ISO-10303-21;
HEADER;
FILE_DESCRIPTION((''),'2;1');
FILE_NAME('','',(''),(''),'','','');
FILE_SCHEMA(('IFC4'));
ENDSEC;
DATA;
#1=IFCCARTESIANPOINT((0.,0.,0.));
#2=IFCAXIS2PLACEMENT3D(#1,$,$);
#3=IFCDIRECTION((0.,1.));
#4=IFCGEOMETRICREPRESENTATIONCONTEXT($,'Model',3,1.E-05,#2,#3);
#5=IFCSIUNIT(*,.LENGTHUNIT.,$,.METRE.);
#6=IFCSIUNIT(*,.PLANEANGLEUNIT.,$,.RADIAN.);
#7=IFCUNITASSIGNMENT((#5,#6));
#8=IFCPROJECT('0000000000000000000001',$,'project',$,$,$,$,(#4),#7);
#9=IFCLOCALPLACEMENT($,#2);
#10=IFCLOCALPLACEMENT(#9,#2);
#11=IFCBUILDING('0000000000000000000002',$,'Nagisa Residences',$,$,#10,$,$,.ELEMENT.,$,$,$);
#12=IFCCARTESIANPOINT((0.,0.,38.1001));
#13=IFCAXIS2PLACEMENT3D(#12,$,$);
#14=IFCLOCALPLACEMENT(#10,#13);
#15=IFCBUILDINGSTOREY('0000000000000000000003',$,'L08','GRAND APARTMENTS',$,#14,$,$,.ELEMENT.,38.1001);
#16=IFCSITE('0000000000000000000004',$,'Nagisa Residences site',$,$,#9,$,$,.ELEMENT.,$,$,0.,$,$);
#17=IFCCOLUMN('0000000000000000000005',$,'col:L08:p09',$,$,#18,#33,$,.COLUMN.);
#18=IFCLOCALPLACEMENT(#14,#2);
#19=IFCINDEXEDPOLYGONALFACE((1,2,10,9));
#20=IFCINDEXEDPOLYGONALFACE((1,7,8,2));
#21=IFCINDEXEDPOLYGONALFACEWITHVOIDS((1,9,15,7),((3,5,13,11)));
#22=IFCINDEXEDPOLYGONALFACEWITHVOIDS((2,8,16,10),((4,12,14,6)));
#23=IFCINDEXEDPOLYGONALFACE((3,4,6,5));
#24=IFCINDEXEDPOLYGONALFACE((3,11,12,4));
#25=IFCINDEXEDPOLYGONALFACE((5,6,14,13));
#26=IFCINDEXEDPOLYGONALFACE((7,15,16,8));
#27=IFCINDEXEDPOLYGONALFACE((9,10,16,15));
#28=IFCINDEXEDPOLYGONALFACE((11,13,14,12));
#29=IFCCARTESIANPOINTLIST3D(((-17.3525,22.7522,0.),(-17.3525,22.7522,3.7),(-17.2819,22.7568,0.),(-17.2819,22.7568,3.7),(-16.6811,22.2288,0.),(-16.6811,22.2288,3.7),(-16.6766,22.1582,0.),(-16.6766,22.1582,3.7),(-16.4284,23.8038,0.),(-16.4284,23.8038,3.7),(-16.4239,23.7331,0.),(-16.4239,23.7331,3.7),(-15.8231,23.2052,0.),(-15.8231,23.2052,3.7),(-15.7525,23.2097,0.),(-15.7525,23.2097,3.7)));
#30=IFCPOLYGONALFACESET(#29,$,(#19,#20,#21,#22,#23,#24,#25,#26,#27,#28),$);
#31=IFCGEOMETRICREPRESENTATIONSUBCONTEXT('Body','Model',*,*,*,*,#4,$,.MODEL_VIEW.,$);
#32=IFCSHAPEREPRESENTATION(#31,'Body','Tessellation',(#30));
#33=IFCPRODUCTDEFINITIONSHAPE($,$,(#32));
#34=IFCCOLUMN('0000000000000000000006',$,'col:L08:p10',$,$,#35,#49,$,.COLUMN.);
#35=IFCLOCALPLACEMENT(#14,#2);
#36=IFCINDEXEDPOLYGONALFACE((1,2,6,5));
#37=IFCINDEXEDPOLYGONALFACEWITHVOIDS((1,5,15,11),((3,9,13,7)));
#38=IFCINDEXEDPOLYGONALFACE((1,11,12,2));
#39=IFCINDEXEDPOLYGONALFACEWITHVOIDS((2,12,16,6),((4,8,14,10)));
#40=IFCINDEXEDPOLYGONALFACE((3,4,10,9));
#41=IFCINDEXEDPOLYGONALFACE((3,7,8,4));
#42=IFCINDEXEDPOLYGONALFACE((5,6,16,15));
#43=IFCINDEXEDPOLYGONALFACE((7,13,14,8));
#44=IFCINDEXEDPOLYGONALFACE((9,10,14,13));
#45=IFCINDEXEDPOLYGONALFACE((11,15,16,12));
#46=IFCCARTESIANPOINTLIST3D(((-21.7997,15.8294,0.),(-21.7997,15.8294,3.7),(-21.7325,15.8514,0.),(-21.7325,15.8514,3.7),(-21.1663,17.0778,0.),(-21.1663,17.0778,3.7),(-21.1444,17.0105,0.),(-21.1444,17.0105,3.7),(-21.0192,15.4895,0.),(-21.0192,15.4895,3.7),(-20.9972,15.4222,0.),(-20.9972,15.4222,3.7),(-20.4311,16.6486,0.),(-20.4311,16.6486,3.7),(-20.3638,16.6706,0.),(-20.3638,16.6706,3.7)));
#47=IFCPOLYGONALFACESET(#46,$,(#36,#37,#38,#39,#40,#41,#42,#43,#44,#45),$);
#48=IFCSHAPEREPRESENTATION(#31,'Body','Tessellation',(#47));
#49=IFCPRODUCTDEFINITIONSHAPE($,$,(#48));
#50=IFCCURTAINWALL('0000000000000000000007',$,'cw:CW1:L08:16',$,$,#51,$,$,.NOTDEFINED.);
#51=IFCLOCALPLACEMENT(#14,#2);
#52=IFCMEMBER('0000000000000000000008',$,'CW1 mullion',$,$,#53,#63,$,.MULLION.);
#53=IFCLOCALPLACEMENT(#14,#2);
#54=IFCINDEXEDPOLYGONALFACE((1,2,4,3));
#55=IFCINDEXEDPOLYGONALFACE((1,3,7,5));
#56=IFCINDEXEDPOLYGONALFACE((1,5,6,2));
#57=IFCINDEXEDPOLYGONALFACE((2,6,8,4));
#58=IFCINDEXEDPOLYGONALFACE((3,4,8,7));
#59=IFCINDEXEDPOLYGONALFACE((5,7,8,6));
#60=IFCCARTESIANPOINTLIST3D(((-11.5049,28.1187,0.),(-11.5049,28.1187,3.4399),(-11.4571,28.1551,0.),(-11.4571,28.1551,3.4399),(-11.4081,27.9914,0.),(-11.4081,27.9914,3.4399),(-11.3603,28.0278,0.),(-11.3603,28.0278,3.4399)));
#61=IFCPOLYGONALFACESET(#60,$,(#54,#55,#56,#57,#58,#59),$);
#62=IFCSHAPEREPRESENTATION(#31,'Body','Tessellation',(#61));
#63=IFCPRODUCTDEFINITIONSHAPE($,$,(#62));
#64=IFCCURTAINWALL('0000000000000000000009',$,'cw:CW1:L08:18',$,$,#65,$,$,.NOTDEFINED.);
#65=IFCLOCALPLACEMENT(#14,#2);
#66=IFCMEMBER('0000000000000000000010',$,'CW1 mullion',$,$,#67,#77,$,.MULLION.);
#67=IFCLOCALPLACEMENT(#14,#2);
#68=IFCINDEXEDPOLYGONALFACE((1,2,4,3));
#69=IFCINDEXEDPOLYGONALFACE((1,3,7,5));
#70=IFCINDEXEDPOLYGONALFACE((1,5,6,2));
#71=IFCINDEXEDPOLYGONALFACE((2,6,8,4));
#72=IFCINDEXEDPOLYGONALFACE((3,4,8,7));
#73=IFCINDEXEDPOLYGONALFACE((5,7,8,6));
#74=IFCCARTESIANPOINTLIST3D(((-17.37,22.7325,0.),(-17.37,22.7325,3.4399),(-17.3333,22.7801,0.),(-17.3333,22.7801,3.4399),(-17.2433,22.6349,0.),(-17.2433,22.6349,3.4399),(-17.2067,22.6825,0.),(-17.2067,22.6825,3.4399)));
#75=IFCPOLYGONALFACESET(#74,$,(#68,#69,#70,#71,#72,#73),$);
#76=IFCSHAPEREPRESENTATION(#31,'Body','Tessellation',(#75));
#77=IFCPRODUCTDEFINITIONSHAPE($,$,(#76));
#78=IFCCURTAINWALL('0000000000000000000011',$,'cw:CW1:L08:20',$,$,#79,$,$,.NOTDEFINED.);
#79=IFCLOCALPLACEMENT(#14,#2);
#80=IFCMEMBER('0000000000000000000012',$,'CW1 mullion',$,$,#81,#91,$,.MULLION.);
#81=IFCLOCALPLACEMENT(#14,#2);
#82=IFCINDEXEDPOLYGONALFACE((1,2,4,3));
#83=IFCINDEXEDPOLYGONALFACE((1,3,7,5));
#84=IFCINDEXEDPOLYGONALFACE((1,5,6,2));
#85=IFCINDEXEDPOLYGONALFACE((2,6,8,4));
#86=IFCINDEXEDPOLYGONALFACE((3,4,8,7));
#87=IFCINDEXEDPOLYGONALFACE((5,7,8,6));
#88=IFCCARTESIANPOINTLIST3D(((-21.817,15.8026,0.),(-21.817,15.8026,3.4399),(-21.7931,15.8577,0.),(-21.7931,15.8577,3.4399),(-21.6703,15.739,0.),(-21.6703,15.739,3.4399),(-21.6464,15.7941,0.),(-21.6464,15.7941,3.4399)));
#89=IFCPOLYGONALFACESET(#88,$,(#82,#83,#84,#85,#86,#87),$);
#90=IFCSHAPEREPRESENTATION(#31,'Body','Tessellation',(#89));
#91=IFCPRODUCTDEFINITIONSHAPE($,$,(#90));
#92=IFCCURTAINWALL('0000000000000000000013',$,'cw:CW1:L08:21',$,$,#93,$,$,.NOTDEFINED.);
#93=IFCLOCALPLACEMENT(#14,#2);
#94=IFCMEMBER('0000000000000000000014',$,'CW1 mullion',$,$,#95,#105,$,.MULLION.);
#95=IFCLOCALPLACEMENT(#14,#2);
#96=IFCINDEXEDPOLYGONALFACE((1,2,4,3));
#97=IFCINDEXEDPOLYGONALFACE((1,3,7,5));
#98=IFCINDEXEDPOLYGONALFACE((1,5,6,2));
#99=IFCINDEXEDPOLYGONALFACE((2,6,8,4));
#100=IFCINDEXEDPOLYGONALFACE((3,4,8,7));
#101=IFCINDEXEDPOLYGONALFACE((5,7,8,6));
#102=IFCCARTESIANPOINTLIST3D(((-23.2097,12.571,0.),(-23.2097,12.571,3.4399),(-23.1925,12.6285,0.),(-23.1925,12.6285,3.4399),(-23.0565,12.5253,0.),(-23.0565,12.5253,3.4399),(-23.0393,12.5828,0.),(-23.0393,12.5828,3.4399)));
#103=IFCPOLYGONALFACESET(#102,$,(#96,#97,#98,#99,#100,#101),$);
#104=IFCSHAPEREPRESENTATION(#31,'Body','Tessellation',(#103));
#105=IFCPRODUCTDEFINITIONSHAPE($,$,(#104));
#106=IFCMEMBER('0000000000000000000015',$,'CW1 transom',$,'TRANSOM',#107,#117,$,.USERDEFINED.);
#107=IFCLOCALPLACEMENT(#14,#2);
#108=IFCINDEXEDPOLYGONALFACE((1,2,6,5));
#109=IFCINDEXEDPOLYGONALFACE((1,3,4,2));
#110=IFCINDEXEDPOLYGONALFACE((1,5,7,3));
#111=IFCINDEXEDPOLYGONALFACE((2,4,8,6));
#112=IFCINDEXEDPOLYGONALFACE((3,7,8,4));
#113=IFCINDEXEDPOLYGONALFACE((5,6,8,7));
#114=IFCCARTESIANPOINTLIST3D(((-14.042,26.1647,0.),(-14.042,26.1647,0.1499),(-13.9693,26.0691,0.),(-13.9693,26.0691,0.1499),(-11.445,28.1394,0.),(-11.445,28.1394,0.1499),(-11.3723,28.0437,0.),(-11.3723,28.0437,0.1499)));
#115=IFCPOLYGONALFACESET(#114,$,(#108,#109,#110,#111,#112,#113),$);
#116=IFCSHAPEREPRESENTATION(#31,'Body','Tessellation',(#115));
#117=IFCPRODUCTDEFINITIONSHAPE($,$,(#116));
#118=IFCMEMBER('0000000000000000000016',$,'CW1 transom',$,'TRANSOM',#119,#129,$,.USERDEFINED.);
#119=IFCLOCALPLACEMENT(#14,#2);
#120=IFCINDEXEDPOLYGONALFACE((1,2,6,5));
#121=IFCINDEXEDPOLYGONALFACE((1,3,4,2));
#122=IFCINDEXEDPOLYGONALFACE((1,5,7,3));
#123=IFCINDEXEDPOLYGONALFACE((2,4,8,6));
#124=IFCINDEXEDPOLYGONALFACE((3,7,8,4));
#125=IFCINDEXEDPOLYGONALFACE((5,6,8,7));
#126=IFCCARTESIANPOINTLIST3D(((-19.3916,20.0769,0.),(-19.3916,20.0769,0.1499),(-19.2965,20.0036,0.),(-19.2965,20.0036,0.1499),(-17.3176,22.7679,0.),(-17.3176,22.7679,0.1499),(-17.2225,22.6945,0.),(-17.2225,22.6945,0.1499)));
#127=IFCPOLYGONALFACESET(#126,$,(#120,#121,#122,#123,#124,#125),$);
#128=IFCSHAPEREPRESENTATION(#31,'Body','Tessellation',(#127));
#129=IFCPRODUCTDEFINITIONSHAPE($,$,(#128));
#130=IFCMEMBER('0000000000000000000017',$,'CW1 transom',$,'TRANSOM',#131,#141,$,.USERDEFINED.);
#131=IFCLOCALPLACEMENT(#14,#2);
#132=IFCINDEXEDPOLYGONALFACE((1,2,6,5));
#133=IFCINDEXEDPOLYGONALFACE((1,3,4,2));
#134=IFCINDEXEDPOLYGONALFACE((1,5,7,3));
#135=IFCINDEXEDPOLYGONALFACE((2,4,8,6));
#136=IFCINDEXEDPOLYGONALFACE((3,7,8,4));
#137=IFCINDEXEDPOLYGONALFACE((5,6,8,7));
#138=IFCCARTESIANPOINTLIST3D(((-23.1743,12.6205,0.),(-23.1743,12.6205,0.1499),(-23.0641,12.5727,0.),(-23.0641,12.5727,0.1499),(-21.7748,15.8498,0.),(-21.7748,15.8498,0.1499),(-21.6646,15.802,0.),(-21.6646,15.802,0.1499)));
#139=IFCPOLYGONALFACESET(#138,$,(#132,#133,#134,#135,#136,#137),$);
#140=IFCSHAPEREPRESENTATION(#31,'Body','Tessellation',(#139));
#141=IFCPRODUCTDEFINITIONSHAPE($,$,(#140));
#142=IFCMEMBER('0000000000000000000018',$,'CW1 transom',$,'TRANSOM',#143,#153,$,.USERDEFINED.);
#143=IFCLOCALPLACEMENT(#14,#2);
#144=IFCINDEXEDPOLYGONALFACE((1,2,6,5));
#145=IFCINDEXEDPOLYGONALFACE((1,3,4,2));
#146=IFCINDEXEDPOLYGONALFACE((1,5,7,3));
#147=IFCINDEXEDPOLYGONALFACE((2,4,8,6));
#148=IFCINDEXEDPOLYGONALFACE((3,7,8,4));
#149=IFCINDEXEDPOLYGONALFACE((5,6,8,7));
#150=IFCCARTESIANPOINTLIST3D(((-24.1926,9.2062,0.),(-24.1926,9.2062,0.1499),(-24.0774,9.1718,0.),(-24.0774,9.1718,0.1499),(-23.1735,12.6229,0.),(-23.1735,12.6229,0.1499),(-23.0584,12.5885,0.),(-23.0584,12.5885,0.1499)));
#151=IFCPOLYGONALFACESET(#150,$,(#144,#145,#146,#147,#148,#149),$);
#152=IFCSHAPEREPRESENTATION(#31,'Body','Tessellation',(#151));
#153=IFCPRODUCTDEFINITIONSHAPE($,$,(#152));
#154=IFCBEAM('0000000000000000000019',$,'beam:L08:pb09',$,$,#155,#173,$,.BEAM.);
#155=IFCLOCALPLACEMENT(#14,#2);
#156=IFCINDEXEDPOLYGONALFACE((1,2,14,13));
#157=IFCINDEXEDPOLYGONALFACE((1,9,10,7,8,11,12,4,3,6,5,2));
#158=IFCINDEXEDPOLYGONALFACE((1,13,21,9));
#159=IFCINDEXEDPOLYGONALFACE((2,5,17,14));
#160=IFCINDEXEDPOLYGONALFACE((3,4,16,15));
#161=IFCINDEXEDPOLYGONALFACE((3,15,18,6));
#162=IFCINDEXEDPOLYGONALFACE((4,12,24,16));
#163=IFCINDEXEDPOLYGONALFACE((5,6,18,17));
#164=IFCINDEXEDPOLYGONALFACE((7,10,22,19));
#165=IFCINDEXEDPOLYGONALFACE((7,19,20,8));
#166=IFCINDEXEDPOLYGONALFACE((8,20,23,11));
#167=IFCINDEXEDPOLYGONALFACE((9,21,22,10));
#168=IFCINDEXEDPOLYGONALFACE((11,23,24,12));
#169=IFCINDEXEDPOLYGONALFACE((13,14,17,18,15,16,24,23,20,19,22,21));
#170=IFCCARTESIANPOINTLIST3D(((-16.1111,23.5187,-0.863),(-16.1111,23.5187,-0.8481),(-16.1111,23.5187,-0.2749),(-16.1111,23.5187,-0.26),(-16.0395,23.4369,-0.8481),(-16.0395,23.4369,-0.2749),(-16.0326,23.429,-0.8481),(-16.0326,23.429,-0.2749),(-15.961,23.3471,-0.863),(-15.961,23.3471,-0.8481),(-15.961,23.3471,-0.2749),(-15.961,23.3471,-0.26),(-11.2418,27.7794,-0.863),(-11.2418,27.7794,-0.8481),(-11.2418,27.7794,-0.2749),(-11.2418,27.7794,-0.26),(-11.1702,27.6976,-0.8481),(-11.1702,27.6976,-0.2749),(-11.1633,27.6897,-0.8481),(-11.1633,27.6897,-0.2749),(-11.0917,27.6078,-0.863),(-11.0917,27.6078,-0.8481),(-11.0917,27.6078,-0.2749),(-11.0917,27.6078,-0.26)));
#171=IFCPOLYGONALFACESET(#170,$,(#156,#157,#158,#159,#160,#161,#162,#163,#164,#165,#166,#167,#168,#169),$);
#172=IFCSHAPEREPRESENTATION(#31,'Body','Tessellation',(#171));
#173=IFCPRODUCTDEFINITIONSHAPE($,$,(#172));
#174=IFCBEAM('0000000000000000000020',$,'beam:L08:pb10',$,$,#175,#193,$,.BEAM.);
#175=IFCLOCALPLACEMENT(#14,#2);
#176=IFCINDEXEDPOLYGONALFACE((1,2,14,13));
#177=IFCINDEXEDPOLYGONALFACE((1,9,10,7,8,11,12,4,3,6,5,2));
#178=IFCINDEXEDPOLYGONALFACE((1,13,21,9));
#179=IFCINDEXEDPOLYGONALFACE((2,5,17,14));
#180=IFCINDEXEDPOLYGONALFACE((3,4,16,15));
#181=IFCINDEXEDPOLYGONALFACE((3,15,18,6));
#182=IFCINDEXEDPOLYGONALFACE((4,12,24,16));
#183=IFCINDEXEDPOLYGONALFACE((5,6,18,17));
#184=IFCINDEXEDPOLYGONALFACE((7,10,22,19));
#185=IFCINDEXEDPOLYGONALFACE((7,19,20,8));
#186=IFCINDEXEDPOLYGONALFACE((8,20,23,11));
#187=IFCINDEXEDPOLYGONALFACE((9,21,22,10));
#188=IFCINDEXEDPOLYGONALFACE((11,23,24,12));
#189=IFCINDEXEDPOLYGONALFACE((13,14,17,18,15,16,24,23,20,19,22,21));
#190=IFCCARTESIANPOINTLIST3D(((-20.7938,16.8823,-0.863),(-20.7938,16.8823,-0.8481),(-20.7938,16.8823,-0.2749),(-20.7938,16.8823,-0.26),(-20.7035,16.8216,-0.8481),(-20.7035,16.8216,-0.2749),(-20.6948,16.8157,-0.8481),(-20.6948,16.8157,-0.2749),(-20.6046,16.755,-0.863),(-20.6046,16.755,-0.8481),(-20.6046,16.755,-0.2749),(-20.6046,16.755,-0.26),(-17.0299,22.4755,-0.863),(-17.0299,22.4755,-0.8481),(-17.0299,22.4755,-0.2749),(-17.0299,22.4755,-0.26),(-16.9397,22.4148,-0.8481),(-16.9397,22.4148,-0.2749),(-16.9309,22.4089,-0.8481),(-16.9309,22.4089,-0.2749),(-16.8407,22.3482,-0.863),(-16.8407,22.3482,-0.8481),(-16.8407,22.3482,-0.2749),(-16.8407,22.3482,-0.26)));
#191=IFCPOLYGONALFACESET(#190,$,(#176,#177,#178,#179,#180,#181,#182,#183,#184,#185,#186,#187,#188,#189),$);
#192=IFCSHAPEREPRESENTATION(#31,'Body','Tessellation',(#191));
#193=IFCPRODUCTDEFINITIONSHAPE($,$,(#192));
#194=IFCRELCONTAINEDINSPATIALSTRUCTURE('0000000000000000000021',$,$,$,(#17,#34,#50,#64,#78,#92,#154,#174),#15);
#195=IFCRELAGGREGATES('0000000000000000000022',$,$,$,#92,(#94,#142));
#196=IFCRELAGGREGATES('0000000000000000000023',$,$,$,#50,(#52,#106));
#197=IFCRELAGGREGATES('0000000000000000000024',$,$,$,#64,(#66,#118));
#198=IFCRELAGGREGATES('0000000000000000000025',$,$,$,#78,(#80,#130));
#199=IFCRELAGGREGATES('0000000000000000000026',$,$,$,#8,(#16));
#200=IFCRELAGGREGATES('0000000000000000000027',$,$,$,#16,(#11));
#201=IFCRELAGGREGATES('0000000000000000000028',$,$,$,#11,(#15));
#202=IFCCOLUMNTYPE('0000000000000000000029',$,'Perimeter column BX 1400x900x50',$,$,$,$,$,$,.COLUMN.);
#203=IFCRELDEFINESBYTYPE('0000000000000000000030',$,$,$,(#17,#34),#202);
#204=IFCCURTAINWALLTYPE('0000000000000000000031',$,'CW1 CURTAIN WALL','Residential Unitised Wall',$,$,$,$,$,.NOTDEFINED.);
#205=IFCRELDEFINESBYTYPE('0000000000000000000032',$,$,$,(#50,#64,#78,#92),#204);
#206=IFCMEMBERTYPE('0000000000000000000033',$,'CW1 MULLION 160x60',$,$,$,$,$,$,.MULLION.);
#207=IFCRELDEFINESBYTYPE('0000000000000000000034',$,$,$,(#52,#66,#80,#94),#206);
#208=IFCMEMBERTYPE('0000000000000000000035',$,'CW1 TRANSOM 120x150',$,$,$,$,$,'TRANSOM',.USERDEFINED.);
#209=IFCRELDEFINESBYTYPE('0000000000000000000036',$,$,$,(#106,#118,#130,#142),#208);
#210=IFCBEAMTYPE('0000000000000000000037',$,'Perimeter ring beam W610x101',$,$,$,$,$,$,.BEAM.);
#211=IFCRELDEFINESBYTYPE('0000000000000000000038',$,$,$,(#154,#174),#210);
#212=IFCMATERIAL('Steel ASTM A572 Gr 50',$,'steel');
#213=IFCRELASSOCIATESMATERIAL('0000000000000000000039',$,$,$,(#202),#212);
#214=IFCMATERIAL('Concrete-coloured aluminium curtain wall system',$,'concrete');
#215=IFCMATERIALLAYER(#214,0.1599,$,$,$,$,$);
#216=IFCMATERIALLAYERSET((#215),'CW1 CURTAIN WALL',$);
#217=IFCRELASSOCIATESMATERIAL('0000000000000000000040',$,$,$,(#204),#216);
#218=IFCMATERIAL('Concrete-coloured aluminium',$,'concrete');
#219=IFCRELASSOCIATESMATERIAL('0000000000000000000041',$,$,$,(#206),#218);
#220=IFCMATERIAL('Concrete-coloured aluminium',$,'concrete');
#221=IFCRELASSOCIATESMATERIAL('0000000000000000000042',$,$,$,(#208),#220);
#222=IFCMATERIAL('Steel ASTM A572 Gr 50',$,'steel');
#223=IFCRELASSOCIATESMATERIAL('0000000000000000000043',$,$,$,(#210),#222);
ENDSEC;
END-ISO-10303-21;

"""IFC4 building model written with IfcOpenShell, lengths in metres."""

from ifc_helpers import new_model, si_unit, direction, frame, origin, origin_2d, place, context, subcontext, project, spatial, rectangle, hollow_rectangle, i_section, extrude, material, layer, layer_set, material_profile, profile_set, type_object, element, aggregate, save


model = new_model("IFC4")

# Units and contexts
model_context = context("Model", 3, precision=1e-05, world=origin(), true_north=direction((0.0, 1.0)))
body_context = subcontext(model_context, "Body", "Model", "MODEL_VIEW")
ifc_project = project(units=[si_unit("LENGTHUNIT", "METRE"), si_unit("PLANEANGLEUNIT", "RADIAN")], contexts=[model_context])

# Site, building, storey
site_placement = place(None, origin())
site = spatial("IfcSite", under=ifc_project, at=site_placement, Name="Nagisa Residences site", CompositionType="ELEMENT", RefElevation=0.0)
building_placement = place(site_placement, origin())
building = spatial("IfcBuilding", under=site, at=building_placement, Name="Nagisa Residences", CompositionType="ELEMENT")
storey_placement = place(building_placement, frame((0.0, 0.0, 38.1001)))
storey = spatial("IfcBuildingStorey", under=building, at=storey_placement, Name="L08", Description="GRAND APARTMENTS", CompositionType="ELEMENT", Elevation=38.1001)

# Columns
ifc_material_1 = material(Name="Steel ASTM A572 Gr 50", Category="steel")
ifc_material_profile_1 = material_profile(ifc_material_1, hollow_rectangle(XDim=1.3999, YDim=0.8999, WallThickness=0.05, at=origin_2d()), Name="BX 1400x900x50")
ifc_profile_set_1 = profile_set([ifc_material_profile_1], Name="Steel ASTM A572 Gr 50")
column_type = type_object("IfcColumnType", Name="Perimeter column BX 1400x900x50", PredefinedType="COLUMN", material=ifc_profile_set_1)
for number, where, z_axis, x_axis, name in (
    (1, (-16.5525, 22.981, 0.0), (0.0, 0.0, 1.0), (-0.660115, -0.751165, 0.0), "col:L08:p09"),
    (2, (-21.0818, 16.25, 0.0), (0.0, 0.0, 1.0), (-0.452463, -0.891783, 0.0), "col:L08:p10"),
):
    element("IfcColumn", number, at=place(storey_placement, frame(where, z_axis=z_axis, x_axis=x_axis)), inside=storey, type_object=column_type, Name=name, PredefinedType="COLUMN", context=body_context, shape_type="SweptSolid", body=[
        extrude(hollow_rectangle(XDim=1.3999, YDim=0.8999, WallThickness=0.05, at=origin_2d()), origin(), (0.0, 0.0, 1.0), 3.7),
    ])

# Curtain walls, members
ifc_material_2 = material(Name="Concrete-coloured aluminium curtain wall system", Category="concrete")
ifc_layer_1 = layer(ifc_material_2, 0.1599)
ifc_layer_set_1 = layer_set([ifc_layer_1], Name="CW1 CURTAIN WALL")
curtain_wall_type = type_object("IfcCurtainWallType", Name="CW1 CURTAIN WALL", Description="Residential Unitised Wall", PredefinedType="NOTDEFINED", material=ifc_layer_set_1)
curtain_wall_1_placement = place(storey_placement, origin())
curtain_wall_1 = element("IfcCurtainWall", 3, at=curtain_wall_1_placement, inside=storey, type_object=curtain_wall_type, Name="cw:CW1:L08:16", PredefinedType="NOTDEFINED")
ifc_material_3 = material(Name="Concrete-coloured aluminium", Category="concrete")
ifc_material_profile_2 = material_profile(ifc_material_3, rectangle(XDim=0.1599, YDim=0.0601, at=origin_2d()), Name="CW1 MULLION 160x60")
ifc_profile_set_2 = profile_set([ifc_material_profile_2], Name="Concrete-coloured aluminium")
member_type_1 = type_object("IfcMemberType", Name="CW1 MULLION 160x60", PredefinedType="MULLION", material=ifc_profile_set_2)
member_1_placement = place(storey_placement, frame((-11.4326, 28.0732, 0.0), z_axis=(0.0, 0.0, 1.0), x_axis=(0.605255, -0.796031, 0.0)))
member_1 = element("IfcMember", 4, at=member_1_placement, type_object=member_type_1, Name="CW1 mullion", PredefinedType="MULLION", context=body_context, shape_type="SweptSolid", body=[
    extrude(rectangle(XDim=0.1599, YDim=0.0601, at=origin_2d()), origin(), (0.0, 0.0, 1.0), 3.4399),
])
curtain_wall_2_placement = place(storey_placement, origin())
curtain_wall_2 = element("IfcCurtainWall", 5, at=curtain_wall_2_placement, inside=storey, type_object=curtain_wall_type, Name="cw:CW1:L08:18", PredefinedType="NOTDEFINED")
member_2_placement = place(storey_placement, frame((-17.2883, 22.7075, 0.0), z_axis=(0.0, 0.0, 1.0), x_axis=(0.79207, -0.61043, 0.0)))
member_2 = element("IfcMember", 6, at=member_2_placement, type_object=member_type_1, Name="CW1 mullion", PredefinedType="MULLION", context=body_context, shape_type="SweptSolid", body=[
    extrude(rectangle(XDim=0.1599, YDim=0.0601, at=origin_2d()), origin(), (0.0, 0.0, 1.0), 3.4399),
])
curtain_wall_3_placement = place(storey_placement, origin())
curtain_wall_3 = element("IfcCurtainWall", 7, at=curtain_wall_3_placement, inside=storey, type_object=curtain_wall_type, Name="cw:CW1:L08:20", PredefinedType="NOTDEFINED")
member_3_placement = place(storey_placement, frame((-21.7317, 15.7983, 0.0), z_axis=(0.0, 0.0, 1.0), x_axis=(0.917543, -0.397636, 0.0)))
member_3 = element("IfcMember", 8, at=member_3_placement, type_object=member_type_1, Name="CW1 mullion", PredefinedType="MULLION", context=body_context, shape_type="SweptSolid", body=[
    extrude(rectangle(XDim=0.1599, YDim=0.0601, at=origin_2d()), origin(), (0.0, 0.0, 1.0), 3.4399),
])
curtain_wall_4_placement = place(storey_placement, origin())
curtain_wall_4 = element("IfcCurtainWall", 9, at=curtain_wall_4_placement, inside=storey, type_object=curtain_wall_type, Name="cw:CW1:L08:21", PredefinedType="NOTDEFINED")
member_4_placement = place(storey_placement, frame((-23.1245, 12.5769, 0.0), z_axis=(0.0, 0.0, 1.0), x_axis=(0.958271, -0.28586, 0.0)))
member_4 = element("IfcMember", 10, at=member_4_placement, type_object=member_type_1, Name="CW1 mullion", PredefinedType="MULLION", context=body_context, shape_type="SweptSolid", body=[
    extrude(rectangle(XDim=0.1599, YDim=0.0601, at=origin_2d()), origin(), (0.0, 0.0, 1.0), 3.4399),
])

# Members
ifc_material_4 = material(Name="Concrete-coloured aluminium", Category="concrete")
ifc_material_profile_3 = material_profile(ifc_material_4, rectangle(XDim=0.1201, YDim=0.1499, at=origin_2d()), Name="CW1 TRANSOM 120x150")
ifc_profile_set_3 = profile_set([ifc_material_profile_3], Name="Concrete-coloured aluminium")
member_type_2 = type_object("IfcMemberType", Name="CW1 TRANSOM 120x150", ElementType="TRANSOM", PredefinedType="USERDEFINED", material=ifc_profile_set_3)
member_5_placement = place(storey_placement, frame((-11.4087, 28.0916, 0.075), z_axis=(-0.796022, -0.605267, 0.0), x_axis=(0.605267, -0.796022, 0.0)))
member_5 = element("IfcMember", 11, at=member_5_placement, type_object=member_type_2, Name="CW1 transom", ObjectType="TRANSOM", PredefinedType="USERDEFINED", context=body_context, shape_type="SweptSolid", body=[
    extrude(rectangle(XDim=0.1201, YDim=0.1499, at=origin_2d()), origin(), (0.0, 0.0, 1.0), 3.2625),
])
member_6_placement = place(storey_placement, frame((-17.27, 22.7312, 0.075), z_axis=(-0.610457, -0.792049, 0.0), x_axis=(0.792049, -0.610457, 0.0)))
member_6 = element("IfcMember", 12, at=member_6_placement, type_object=member_type_2, Name="CW1 transom", ObjectType="TRANSOM", PredefinedType="USERDEFINED", context=body_context, shape_type="SweptSolid", body=[
    extrude(rectangle(XDim=0.1201, YDim=0.1499, at=origin_2d()), origin(), (0.0, 0.0, 1.0), 3.3975),
])
member_7_placement = place(storey_placement, frame((-21.7197, 15.8259, 0.075), z_axis=(-0.397625, -0.917548, 0.0), x_axis=(0.917548, -0.397625, 0.0)))
member_7 = element("IfcMember", 13, at=member_7_placement, type_object=member_type_2, Name="CW1 transom", ObjectType="TRANSOM", PredefinedType="USERDEFINED", context=body_context, shape_type="SweptSolid", body=[
    extrude(rectangle(XDim=0.1201, YDim=0.1499, at=origin_2d()), origin(), (0.0, 0.0, 1.0), 3.5195),
])
member_8_placement = place(storey_placement, frame((-23.116, 12.6057, 0.075), z_axis=(-0.285808, -0.958287, 0.0), x_axis=(0.958287, -0.285808, 0.0)))
member_8 = element("IfcMember", 14, at=member_8_placement, type_object=member_type_2, Name="CW1 transom", ObjectType="TRANSOM", PredefinedType="USERDEFINED", context=body_context, shape_type="SweptSolid", body=[
    extrude(rectangle(XDim=0.1201, YDim=0.1499, at=origin_2d()), origin(), (0.0, 0.0, 1.0), 3.5654),
])
aggregate(curtain_wall_4, [member_4, member_8])

# Beams
ifc_material_5 = material(Name="Steel ASTM A572 Gr 50", Category="steel")
ifc_material_profile_4 = material_profile(ifc_material_5, i_section(OverallWidth=0.228, OverallDepth=0.603, WebThickness=0.0105, FlangeThickness=0.0149, at=origin_2d()), Name="W610x101")
ifc_profile_set_4 = profile_set([ifc_material_profile_4], Name="Steel ASTM A572 Gr 50")
beam_type_1 = type_object("IfcBeamType", Name="Perimeter ring beam W610x101", PredefinedType="BEAM", material=ifc_profile_set_4)
beam_1_placement = place(storey_placement, frame((-11.1667, 27.6936, -0.5615), z_axis=(-0.752574, -0.658507, 0.0), x_axis=(0.658507, -0.752574, 0.0)))
element("IfcBeam", 15, at=beam_1_placement, inside=storey, type_object=beam_type_1, Name="beam:L08:pb09", PredefinedType="BEAM", context=body_context, shape_type="SweptSolid", body=[
    extrude(i_section(OverallWidth=0.228, OverallDepth=0.603, WebThickness=0.0105, FlangeThickness=0.0149, at=origin_2d()), origin(), (0.0, 0.0, 1.0), 6.4702),
])
beam_2_placement = place(storey_placement, frame((-16.9353, 22.4119, -0.5615), z_axis=(-0.558297, -0.829641, 0.0), x_axis=(0.829641, -0.558297, 0.0)))
element("IfcBeam", 16, at=beam_2_placement, inside=storey, type_object=beam_type_1, Name="beam:L08:pb10", PredefinedType="BEAM", context=body_context, shape_type="SweptSolid", body=[
    extrude(i_section(OverallWidth=0.228, OverallDepth=0.603, WebThickness=0.0105, FlangeThickness=0.0149, at=origin_2d()), origin(), (0.0, 0.0, 1.0), 6.7417),
])

aggregate(curtain_wall_1, [member_1, member_5])
aggregate(curtain_wall_2, [member_2, member_6])
aggregate(curtain_wall_3, [member_3, member_7])

save(model, "model.ifc")
